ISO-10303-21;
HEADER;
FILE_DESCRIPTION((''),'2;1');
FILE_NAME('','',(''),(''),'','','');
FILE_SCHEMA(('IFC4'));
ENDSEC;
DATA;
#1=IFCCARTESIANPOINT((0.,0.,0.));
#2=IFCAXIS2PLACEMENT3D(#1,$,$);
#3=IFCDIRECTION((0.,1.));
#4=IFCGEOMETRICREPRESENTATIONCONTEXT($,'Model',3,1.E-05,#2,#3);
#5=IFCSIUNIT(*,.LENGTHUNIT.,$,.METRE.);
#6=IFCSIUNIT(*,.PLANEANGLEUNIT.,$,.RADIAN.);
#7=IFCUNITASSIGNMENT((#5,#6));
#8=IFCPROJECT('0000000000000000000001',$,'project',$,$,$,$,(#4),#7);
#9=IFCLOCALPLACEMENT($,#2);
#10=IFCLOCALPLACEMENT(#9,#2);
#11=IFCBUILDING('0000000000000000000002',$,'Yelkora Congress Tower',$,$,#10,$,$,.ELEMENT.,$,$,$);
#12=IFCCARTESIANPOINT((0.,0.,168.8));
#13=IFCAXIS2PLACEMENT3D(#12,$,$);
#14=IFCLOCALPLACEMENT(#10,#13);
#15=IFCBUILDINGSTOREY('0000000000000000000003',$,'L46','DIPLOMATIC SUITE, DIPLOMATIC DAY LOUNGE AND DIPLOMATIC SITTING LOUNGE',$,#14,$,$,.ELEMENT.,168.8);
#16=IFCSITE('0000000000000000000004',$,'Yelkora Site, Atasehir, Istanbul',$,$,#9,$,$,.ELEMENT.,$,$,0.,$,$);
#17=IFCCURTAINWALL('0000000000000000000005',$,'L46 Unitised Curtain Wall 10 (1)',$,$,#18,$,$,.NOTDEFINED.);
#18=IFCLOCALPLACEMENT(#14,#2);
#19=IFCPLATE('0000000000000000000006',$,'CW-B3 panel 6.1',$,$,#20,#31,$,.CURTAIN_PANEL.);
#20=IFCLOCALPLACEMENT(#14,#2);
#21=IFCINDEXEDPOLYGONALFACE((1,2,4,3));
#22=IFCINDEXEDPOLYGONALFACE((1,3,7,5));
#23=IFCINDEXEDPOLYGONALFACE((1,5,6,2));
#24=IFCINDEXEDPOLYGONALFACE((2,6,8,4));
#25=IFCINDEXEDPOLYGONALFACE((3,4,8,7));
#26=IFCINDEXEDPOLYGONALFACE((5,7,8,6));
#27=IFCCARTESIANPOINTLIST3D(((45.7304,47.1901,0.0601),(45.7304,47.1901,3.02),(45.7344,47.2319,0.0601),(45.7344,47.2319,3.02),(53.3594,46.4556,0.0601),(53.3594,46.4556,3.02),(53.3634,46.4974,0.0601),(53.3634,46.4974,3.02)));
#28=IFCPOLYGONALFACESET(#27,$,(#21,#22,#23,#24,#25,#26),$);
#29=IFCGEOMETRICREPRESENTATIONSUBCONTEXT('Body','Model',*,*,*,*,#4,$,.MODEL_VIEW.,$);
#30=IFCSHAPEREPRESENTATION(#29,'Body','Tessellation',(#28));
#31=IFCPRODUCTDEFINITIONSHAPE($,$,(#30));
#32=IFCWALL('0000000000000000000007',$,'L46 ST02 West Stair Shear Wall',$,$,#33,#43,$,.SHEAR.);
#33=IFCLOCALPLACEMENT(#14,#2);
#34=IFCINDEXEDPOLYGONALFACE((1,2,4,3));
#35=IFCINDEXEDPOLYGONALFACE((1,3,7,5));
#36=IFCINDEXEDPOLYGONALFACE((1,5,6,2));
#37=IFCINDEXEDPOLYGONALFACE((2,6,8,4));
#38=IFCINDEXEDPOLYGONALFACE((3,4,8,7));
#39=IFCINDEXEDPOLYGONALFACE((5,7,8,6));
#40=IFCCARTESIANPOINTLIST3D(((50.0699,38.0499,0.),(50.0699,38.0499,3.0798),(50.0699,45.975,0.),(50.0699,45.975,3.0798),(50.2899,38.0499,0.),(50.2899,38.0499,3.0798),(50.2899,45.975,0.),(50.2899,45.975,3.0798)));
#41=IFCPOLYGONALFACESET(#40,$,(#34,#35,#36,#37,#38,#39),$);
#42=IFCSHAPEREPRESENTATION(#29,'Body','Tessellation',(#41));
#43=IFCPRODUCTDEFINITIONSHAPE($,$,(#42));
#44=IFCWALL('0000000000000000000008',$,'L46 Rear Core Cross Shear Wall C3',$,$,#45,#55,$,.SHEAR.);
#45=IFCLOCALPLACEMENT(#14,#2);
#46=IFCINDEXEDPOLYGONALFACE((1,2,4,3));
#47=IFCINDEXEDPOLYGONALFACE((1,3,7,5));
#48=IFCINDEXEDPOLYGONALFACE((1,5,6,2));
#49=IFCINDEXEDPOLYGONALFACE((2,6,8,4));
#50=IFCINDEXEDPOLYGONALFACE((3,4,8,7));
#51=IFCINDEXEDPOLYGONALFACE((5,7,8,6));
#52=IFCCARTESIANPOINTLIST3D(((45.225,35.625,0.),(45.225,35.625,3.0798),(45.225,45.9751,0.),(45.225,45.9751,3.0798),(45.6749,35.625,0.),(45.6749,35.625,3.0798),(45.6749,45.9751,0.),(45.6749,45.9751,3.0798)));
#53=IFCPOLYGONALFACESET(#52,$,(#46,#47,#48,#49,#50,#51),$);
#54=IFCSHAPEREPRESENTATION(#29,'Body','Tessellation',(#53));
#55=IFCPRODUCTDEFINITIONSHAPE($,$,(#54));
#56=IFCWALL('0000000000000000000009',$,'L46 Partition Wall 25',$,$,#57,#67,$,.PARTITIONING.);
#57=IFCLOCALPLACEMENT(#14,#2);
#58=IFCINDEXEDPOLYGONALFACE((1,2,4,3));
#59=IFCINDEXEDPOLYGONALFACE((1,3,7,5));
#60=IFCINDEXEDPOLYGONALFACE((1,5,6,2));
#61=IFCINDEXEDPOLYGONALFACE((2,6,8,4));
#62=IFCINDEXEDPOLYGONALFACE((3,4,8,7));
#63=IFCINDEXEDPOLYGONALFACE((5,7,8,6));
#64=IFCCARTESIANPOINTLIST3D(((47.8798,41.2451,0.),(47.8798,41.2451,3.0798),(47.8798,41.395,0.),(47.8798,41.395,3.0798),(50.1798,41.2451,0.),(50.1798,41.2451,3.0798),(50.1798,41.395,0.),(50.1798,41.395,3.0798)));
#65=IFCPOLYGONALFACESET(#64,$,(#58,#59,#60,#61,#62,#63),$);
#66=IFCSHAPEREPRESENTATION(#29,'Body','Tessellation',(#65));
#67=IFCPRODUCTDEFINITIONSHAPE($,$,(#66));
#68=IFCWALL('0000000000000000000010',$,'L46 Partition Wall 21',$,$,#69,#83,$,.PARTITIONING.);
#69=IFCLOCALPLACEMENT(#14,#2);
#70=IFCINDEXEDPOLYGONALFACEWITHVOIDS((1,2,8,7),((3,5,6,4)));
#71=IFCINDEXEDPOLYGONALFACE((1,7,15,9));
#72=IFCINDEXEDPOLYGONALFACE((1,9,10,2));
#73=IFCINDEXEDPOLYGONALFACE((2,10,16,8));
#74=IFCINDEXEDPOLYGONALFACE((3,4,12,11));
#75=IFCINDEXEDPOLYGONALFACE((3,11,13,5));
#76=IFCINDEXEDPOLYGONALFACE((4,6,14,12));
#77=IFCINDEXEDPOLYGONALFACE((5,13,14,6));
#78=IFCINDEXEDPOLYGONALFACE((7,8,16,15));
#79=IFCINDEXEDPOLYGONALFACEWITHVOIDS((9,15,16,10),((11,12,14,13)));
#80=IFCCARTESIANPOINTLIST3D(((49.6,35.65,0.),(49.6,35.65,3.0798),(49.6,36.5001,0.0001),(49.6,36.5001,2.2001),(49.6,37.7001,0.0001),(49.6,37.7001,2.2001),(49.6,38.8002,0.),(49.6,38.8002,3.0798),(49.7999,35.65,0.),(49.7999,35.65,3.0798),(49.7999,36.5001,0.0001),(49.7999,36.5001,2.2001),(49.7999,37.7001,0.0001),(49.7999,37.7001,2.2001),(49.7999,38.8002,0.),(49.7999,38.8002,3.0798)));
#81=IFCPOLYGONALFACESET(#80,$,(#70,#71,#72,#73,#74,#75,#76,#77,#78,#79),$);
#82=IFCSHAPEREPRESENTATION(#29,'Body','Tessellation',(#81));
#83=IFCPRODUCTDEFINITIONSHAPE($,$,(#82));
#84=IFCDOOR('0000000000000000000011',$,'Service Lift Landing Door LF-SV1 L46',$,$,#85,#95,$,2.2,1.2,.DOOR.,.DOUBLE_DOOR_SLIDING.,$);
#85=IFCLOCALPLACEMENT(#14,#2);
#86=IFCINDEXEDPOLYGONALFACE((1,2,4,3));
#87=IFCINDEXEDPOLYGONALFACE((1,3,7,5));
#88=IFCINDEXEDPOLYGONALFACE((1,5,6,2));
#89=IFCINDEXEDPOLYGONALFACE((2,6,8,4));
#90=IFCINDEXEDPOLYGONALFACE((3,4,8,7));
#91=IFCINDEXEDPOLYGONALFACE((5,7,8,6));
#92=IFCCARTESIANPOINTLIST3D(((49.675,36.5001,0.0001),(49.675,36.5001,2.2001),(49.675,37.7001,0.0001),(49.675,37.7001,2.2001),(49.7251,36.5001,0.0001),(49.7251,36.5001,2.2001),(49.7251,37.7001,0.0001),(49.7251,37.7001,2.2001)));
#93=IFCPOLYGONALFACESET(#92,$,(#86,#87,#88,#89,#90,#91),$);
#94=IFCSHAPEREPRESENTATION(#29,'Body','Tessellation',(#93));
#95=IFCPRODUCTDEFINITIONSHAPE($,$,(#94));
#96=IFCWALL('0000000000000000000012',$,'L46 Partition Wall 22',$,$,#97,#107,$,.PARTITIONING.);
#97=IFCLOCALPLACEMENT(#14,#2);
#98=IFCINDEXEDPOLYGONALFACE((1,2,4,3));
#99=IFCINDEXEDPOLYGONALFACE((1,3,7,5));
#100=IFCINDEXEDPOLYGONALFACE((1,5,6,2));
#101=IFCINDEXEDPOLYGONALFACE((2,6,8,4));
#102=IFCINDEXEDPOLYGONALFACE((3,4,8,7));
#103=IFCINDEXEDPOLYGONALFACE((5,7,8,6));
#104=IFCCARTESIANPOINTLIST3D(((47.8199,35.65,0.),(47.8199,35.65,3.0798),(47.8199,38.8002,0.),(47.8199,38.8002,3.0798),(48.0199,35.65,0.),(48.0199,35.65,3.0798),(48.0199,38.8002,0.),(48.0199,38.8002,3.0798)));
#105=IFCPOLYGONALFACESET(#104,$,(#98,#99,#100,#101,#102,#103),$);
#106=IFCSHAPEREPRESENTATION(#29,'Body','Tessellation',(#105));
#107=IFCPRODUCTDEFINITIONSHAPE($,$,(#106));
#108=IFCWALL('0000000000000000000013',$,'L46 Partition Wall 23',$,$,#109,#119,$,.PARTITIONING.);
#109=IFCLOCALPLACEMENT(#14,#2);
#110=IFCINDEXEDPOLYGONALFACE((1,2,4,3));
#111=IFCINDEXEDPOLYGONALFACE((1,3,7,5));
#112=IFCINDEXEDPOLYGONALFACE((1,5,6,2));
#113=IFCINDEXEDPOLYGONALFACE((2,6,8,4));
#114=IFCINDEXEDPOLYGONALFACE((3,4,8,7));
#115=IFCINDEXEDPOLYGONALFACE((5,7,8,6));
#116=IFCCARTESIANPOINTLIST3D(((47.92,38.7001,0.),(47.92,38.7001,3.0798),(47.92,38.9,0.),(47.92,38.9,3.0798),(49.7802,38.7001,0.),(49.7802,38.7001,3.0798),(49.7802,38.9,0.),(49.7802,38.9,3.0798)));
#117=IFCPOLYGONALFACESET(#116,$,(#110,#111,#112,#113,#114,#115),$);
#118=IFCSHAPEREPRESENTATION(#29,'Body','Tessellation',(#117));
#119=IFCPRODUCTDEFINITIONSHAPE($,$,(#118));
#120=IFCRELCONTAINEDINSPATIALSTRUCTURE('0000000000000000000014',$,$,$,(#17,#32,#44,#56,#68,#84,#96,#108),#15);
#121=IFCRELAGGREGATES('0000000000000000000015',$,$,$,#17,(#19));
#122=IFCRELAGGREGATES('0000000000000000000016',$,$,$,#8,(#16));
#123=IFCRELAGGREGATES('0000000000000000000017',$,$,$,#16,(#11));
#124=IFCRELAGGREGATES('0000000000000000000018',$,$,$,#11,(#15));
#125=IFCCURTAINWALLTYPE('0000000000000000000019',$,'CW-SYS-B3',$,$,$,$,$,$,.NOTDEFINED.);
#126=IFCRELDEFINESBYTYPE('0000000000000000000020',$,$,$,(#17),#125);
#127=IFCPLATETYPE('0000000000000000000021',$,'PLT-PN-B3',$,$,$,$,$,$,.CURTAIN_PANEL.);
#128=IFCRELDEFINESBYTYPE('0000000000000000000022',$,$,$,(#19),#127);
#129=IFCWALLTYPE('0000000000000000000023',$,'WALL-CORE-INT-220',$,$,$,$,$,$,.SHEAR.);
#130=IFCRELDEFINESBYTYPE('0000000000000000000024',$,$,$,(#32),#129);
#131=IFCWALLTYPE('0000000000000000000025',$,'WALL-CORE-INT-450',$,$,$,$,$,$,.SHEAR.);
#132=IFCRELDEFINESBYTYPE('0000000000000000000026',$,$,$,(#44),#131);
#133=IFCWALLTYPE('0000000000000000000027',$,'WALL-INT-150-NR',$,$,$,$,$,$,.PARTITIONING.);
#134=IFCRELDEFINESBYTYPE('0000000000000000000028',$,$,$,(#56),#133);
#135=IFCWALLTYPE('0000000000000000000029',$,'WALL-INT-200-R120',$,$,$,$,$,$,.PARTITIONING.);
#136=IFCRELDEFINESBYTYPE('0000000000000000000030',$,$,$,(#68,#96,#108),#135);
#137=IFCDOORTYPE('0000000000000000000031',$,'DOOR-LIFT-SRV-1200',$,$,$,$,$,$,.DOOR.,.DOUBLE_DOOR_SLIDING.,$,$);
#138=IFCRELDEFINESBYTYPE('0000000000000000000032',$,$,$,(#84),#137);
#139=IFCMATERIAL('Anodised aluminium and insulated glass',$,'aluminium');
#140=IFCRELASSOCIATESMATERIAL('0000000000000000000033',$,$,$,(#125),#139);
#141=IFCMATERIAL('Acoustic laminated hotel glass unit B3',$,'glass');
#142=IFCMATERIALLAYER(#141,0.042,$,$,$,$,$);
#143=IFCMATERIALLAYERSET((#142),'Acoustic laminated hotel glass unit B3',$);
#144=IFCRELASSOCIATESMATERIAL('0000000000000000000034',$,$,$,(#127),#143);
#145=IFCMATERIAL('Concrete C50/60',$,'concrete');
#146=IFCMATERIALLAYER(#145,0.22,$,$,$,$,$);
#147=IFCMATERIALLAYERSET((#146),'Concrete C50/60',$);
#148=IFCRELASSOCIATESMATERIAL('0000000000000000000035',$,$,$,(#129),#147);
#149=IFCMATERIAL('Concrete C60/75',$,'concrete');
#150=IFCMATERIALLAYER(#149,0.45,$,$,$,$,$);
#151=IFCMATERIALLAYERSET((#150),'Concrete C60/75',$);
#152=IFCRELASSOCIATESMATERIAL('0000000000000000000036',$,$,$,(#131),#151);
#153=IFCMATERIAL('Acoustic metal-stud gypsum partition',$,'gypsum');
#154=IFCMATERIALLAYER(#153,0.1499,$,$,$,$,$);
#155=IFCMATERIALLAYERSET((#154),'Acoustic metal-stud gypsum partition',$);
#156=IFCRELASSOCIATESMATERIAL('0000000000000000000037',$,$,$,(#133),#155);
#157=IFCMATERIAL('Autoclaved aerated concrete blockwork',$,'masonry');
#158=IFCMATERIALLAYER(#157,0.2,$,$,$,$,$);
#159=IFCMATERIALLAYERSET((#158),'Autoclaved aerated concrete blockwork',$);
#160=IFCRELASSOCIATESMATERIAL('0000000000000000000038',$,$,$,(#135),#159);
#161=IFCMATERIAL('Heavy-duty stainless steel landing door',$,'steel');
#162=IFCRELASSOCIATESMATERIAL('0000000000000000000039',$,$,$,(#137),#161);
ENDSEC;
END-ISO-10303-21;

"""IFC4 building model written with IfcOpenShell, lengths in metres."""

from ifc_helpers import new_model, si_unit, direction, frame, frame_2d, origin, origin_2d, place, context, subcontext, project, spatial, rectangle, extrude, material, layer, layer_set, type_object, element, fill, aggregate, save


model = new_model("IFC4")

# Units and contexts
model_context = context("Model", 3, precision=1e-05, world=origin(), true_north=direction((0.0, 1.0)))
body_context = subcontext(model_context, "Body", "Model", "MODEL_VIEW")
ifc_project = project(units=[si_unit("LENGTHUNIT", "METRE"), si_unit("PLANEANGLEUNIT", "RADIAN")], contexts=[model_context])

# Site, building, storey
site_placement = place(None, origin())
site = spatial("IfcSite", under=ifc_project, at=site_placement, Name="Yelkora Site, Atasehir, Istanbul", CompositionType="ELEMENT", RefElevation=0.0)
building_placement = place(site_placement, origin())
building = spatial("IfcBuilding", under=site, at=building_placement, Name="Yelkora Congress Tower", CompositionType="ELEMENT")
storey_placement = place(building_placement, frame((0.0, 0.0, 168.8)))
storey = spatial("IfcBuildingStorey", under=building, at=storey_placement, Name="L46", Description="DIPLOMATIC SUITE, DIPLOMATIC DAY LOUNGE AND DIPLOMATIC SITTING LOUNGE", CompositionType="ELEMENT", Elevation=168.8)

# Curtain wall, plate
ifc_material_1 = material(Name="Anodised aluminium and insulated glass", Category="aluminium")
curtain_wall_type = type_object("IfcCurtainWallType", Name="CW-SYS-B3", PredefinedType="NOTDEFINED", material=ifc_material_1)
curtain_wall_placement = place(storey_placement, origin())
curtain_wall = element("IfcCurtainWall", 1, at=curtain_wall_placement, inside=storey, type_object=curtain_wall_type, Name="L46 Unitised Curtain Wall 10 (1)", PredefinedType="NOTDEFINED")
ifc_material_2 = material(Name="Acoustic laminated hotel glass unit B3", Category="glass")
ifc_layer_1 = layer(ifc_material_2, 0.042)
ifc_layer_set_1 = layer_set([ifc_layer_1], Name="Acoustic laminated hotel glass unit B3")
plate_type = type_object("IfcPlateType", Name="PLT-PN-B3", PredefinedType="CURTAIN_PANEL", material=ifc_layer_set_1)
plate_placement = place(storey_placement, frame((49.5469, 46.8438, 0.0601), z_axis=(0.0, 0.0, 1.0), x_axis=(0.995396, -0.095845, 0.0)))
plate = element("IfcPlate", 2, at=plate_placement, type_object=plate_type, Name="CW-B3 panel 6.1", PredefinedType="CURTAIN_PANEL", context=body_context, shape_type="SweptSolid", body=[
    extrude(rectangle(XDim=7.6643, YDim=0.042, at=origin_2d()), origin(), (0.0, 0.0, 1.0), 2.96),
])
aggregate(curtain_wall, [plate])

# Walls
ifc_material_3 = material(Name="Concrete C50/60", Category="concrete")
ifc_layer_2 = layer(ifc_material_3, 0.22)
ifc_layer_set_2 = layer_set([ifc_layer_2], Name="Concrete C50/60")
wall_type_1 = type_object("IfcWallType", Name="WALL-CORE-INT-220", PredefinedType="SHEAR", material=ifc_layer_set_2)
wall_1_placement = place(storey_placement, frame((50.1799, 38.05, 0.0), z_axis=(0.0, 0.0, 1.0), x_axis=(0.0, 1.0, 0.0)))
element("IfcWall", 3, at=wall_1_placement, inside=storey, type_object=wall_type_1, Name="L46 ST02 West Stair Shear Wall", PredefinedType="SHEAR", context=body_context, shape_type="SweptSolid", body=[
    extrude(rectangle(XDim=7.925, YDim=0.22, at=frame_2d((3.9624, 0.0))), origin(), (0.0, 0.0, 1.0), 3.0798),
])
ifc_material_4 = material(Name="Concrete C60/75", Category="concrete")
ifc_layer_3 = layer(ifc_material_4, 0.45)
ifc_layer_set_3 = layer_set([ifc_layer_3], Name="Concrete C60/75")
wall_type_2 = type_object("IfcWallType", Name="WALL-CORE-INT-450", PredefinedType="SHEAR", material=ifc_layer_set_3)
wall_2_placement = place(storey_placement, frame((45.45, 35.625, 0.0), z_axis=(0.0, 0.0, 1.0), x_axis=(0.0, 1.0, 0.0)))
element("IfcWall", 4, at=wall_2_placement, inside=storey, type_object=wall_type_2, Name="L46 Rear Core Cross Shear Wall C3", PredefinedType="SHEAR", context=body_context, shape_type="SweptSolid", body=[
    extrude(rectangle(XDim=10.3501, YDim=0.45, at=frame_2d((5.175, 0.0))), origin(), (0.0, 0.0, 1.0), 3.0798),
])

# Shared definitions
ifc_material_5 = material(Name="Acoustic metal-stud gypsum partition", Category="gypsum")
ifc_layer_4 = layer(ifc_material_5, 0.1499)
ifc_layer_set_4 = layer_set([ifc_layer_4], Name="Acoustic metal-stud gypsum partition")
wall_type_3 = type_object("IfcWallType", Name="WALL-INT-150-NR", PredefinedType="PARTITIONING", material=ifc_layer_set_4)

# Wall
wall_3_placement = place(storey_placement, frame((47.8799, 41.3201, 0.0), z_axis=(0.0, 0.0, 1.0), x_axis=(1.0, 0.0, 0.0)))
element("IfcWall", 5, at=wall_3_placement, inside=storey, type_object=wall_type_3, Name="L46 Partition Wall 25", PredefinedType="PARTITIONING", context=body_context, shape_type="SweptSolid", body=[
    extrude(rectangle(XDim=2.3, YDim=0.1499, at=frame_2d((1.1499, 0.0))), origin(), (0.0, 0.0, 1.0), 3.0798),
])

# Wall, opening, door
ifc_material_6 = material(Name="Autoclaved aerated concrete blockwork", Category="masonry")
ifc_layer_5 = layer(ifc_material_6, 0.2)
ifc_layer_set_5 = layer_set([ifc_layer_5], Name="Autoclaved aerated concrete blockwork")
wall_type_4 = type_object("IfcWallType", Name="WALL-INT-200-R120", PredefinedType="PARTITIONING", material=ifc_layer_set_5)
wall_4_placement = place(storey_placement, frame((49.7, 35.6499, 0.0), z_axis=(0.0, 0.0, 1.0), x_axis=(0.0, 1.0, 0.0)))
wall_4 = element("IfcWall", 6, at=wall_4_placement, inside=storey, type_object=wall_type_4, Name="L46 Partition Wall 21", PredefinedType="PARTITIONING", context=body_context, shape_type="SweptSolid", body=[
    extrude(rectangle(XDim=3.1501, YDim=0.2, at=frame_2d((1.5752, 0.0))), origin(), (0.0, 0.0, 1.0), 3.0798),
])
opening_1_placement = place(wall_4_placement, frame((0.8501, 0.0, 0.0)))
opening_1 = element("IfcOpeningElement", 7, at=opening_1_placement, cuts=wall_4, PredefinedType="OPENING", context=body_context, shape_type="SweptSolid", body=[
    extrude(rectangle(XDim=1.2, YDim=2.2, at=frame_2d((0.6001, 1.1001))), frame((0.0, 0.1099, 0.0), z_axis=(0.0, -1.0, 0.0), x_axis=(1.0, 0.0, 0.0)), (0.0, 0.0, 1.0), 0.22),
])
ifc_material_7 = material(Name="Heavy-duty stainless steel landing door", Category="steel")
door_type_1 = type_object("IfcDoorType", Name="DOOR-LIFT-SRV-1200", OperationType="DOUBLE_DOOR_SLIDING", PredefinedType="DOOR", material=ifc_material_7)
door_1_placement = place(opening_1_placement, origin())
door_1 = element("IfcDoor", 8, at=door_1_placement, inside=storey, type_object=door_type_1, Name="Service Lift Landing Door LF-SV1 L46", OperationType="DOUBLE_DOOR_SLIDING", OverallHeight=2.2, OverallWidth=1.2, PredefinedType="DOOR", context=body_context, shape_type="SweptSolid", body=[
    extrude(rectangle(XDim=1.2, YDim=2.2, at=frame_2d((0.6001, 1.1001))), frame((0.0, 0.0249, 0.0), z_axis=(0.0, -1.0, 0.0), x_axis=(1.0, 0.0, 0.0)), (0.0, 0.0, 1.0), 0.05),
])
fill(opening_1, door_1)

# Walls
wall_5_placement = place(storey_placement, frame((47.9199, 35.6499, 0.0), z_axis=(0.0, 0.0, 1.0), x_axis=(0.0, 1.0, 0.0)))
element("IfcWall", 9, at=wall_5_placement, inside=storey, type_object=wall_type_4, Name="L46 Partition Wall 22", PredefinedType="PARTITIONING", context=body_context, shape_type="SweptSolid", body=[
    extrude(rectangle(XDim=3.1501, YDim=0.2, at=frame_2d((1.5752, 0.0))), origin(), (0.0, 0.0, 1.0), 3.0798),
])
wall_6_placement = place(storey_placement, frame((47.9199, 38.8, 0.0), z_axis=(0.0, 0.0, 1.0), x_axis=(1.0, 0.0, 0.0)))
element("IfcWall", 10, at=wall_6_placement, inside=storey, type_object=wall_type_4, Name="L46 Partition Wall 23", PredefinedType="PARTITIONING", context=body_context, shape_type="SweptSolid", body=[
    extrude(rectangle(XDim=1.8601, YDim=0.2, at=frame_2d((0.9302, 0.0))), origin(), (0.0, 0.0, 1.0), 3.0798),
])

save(model, "model.ifc")
